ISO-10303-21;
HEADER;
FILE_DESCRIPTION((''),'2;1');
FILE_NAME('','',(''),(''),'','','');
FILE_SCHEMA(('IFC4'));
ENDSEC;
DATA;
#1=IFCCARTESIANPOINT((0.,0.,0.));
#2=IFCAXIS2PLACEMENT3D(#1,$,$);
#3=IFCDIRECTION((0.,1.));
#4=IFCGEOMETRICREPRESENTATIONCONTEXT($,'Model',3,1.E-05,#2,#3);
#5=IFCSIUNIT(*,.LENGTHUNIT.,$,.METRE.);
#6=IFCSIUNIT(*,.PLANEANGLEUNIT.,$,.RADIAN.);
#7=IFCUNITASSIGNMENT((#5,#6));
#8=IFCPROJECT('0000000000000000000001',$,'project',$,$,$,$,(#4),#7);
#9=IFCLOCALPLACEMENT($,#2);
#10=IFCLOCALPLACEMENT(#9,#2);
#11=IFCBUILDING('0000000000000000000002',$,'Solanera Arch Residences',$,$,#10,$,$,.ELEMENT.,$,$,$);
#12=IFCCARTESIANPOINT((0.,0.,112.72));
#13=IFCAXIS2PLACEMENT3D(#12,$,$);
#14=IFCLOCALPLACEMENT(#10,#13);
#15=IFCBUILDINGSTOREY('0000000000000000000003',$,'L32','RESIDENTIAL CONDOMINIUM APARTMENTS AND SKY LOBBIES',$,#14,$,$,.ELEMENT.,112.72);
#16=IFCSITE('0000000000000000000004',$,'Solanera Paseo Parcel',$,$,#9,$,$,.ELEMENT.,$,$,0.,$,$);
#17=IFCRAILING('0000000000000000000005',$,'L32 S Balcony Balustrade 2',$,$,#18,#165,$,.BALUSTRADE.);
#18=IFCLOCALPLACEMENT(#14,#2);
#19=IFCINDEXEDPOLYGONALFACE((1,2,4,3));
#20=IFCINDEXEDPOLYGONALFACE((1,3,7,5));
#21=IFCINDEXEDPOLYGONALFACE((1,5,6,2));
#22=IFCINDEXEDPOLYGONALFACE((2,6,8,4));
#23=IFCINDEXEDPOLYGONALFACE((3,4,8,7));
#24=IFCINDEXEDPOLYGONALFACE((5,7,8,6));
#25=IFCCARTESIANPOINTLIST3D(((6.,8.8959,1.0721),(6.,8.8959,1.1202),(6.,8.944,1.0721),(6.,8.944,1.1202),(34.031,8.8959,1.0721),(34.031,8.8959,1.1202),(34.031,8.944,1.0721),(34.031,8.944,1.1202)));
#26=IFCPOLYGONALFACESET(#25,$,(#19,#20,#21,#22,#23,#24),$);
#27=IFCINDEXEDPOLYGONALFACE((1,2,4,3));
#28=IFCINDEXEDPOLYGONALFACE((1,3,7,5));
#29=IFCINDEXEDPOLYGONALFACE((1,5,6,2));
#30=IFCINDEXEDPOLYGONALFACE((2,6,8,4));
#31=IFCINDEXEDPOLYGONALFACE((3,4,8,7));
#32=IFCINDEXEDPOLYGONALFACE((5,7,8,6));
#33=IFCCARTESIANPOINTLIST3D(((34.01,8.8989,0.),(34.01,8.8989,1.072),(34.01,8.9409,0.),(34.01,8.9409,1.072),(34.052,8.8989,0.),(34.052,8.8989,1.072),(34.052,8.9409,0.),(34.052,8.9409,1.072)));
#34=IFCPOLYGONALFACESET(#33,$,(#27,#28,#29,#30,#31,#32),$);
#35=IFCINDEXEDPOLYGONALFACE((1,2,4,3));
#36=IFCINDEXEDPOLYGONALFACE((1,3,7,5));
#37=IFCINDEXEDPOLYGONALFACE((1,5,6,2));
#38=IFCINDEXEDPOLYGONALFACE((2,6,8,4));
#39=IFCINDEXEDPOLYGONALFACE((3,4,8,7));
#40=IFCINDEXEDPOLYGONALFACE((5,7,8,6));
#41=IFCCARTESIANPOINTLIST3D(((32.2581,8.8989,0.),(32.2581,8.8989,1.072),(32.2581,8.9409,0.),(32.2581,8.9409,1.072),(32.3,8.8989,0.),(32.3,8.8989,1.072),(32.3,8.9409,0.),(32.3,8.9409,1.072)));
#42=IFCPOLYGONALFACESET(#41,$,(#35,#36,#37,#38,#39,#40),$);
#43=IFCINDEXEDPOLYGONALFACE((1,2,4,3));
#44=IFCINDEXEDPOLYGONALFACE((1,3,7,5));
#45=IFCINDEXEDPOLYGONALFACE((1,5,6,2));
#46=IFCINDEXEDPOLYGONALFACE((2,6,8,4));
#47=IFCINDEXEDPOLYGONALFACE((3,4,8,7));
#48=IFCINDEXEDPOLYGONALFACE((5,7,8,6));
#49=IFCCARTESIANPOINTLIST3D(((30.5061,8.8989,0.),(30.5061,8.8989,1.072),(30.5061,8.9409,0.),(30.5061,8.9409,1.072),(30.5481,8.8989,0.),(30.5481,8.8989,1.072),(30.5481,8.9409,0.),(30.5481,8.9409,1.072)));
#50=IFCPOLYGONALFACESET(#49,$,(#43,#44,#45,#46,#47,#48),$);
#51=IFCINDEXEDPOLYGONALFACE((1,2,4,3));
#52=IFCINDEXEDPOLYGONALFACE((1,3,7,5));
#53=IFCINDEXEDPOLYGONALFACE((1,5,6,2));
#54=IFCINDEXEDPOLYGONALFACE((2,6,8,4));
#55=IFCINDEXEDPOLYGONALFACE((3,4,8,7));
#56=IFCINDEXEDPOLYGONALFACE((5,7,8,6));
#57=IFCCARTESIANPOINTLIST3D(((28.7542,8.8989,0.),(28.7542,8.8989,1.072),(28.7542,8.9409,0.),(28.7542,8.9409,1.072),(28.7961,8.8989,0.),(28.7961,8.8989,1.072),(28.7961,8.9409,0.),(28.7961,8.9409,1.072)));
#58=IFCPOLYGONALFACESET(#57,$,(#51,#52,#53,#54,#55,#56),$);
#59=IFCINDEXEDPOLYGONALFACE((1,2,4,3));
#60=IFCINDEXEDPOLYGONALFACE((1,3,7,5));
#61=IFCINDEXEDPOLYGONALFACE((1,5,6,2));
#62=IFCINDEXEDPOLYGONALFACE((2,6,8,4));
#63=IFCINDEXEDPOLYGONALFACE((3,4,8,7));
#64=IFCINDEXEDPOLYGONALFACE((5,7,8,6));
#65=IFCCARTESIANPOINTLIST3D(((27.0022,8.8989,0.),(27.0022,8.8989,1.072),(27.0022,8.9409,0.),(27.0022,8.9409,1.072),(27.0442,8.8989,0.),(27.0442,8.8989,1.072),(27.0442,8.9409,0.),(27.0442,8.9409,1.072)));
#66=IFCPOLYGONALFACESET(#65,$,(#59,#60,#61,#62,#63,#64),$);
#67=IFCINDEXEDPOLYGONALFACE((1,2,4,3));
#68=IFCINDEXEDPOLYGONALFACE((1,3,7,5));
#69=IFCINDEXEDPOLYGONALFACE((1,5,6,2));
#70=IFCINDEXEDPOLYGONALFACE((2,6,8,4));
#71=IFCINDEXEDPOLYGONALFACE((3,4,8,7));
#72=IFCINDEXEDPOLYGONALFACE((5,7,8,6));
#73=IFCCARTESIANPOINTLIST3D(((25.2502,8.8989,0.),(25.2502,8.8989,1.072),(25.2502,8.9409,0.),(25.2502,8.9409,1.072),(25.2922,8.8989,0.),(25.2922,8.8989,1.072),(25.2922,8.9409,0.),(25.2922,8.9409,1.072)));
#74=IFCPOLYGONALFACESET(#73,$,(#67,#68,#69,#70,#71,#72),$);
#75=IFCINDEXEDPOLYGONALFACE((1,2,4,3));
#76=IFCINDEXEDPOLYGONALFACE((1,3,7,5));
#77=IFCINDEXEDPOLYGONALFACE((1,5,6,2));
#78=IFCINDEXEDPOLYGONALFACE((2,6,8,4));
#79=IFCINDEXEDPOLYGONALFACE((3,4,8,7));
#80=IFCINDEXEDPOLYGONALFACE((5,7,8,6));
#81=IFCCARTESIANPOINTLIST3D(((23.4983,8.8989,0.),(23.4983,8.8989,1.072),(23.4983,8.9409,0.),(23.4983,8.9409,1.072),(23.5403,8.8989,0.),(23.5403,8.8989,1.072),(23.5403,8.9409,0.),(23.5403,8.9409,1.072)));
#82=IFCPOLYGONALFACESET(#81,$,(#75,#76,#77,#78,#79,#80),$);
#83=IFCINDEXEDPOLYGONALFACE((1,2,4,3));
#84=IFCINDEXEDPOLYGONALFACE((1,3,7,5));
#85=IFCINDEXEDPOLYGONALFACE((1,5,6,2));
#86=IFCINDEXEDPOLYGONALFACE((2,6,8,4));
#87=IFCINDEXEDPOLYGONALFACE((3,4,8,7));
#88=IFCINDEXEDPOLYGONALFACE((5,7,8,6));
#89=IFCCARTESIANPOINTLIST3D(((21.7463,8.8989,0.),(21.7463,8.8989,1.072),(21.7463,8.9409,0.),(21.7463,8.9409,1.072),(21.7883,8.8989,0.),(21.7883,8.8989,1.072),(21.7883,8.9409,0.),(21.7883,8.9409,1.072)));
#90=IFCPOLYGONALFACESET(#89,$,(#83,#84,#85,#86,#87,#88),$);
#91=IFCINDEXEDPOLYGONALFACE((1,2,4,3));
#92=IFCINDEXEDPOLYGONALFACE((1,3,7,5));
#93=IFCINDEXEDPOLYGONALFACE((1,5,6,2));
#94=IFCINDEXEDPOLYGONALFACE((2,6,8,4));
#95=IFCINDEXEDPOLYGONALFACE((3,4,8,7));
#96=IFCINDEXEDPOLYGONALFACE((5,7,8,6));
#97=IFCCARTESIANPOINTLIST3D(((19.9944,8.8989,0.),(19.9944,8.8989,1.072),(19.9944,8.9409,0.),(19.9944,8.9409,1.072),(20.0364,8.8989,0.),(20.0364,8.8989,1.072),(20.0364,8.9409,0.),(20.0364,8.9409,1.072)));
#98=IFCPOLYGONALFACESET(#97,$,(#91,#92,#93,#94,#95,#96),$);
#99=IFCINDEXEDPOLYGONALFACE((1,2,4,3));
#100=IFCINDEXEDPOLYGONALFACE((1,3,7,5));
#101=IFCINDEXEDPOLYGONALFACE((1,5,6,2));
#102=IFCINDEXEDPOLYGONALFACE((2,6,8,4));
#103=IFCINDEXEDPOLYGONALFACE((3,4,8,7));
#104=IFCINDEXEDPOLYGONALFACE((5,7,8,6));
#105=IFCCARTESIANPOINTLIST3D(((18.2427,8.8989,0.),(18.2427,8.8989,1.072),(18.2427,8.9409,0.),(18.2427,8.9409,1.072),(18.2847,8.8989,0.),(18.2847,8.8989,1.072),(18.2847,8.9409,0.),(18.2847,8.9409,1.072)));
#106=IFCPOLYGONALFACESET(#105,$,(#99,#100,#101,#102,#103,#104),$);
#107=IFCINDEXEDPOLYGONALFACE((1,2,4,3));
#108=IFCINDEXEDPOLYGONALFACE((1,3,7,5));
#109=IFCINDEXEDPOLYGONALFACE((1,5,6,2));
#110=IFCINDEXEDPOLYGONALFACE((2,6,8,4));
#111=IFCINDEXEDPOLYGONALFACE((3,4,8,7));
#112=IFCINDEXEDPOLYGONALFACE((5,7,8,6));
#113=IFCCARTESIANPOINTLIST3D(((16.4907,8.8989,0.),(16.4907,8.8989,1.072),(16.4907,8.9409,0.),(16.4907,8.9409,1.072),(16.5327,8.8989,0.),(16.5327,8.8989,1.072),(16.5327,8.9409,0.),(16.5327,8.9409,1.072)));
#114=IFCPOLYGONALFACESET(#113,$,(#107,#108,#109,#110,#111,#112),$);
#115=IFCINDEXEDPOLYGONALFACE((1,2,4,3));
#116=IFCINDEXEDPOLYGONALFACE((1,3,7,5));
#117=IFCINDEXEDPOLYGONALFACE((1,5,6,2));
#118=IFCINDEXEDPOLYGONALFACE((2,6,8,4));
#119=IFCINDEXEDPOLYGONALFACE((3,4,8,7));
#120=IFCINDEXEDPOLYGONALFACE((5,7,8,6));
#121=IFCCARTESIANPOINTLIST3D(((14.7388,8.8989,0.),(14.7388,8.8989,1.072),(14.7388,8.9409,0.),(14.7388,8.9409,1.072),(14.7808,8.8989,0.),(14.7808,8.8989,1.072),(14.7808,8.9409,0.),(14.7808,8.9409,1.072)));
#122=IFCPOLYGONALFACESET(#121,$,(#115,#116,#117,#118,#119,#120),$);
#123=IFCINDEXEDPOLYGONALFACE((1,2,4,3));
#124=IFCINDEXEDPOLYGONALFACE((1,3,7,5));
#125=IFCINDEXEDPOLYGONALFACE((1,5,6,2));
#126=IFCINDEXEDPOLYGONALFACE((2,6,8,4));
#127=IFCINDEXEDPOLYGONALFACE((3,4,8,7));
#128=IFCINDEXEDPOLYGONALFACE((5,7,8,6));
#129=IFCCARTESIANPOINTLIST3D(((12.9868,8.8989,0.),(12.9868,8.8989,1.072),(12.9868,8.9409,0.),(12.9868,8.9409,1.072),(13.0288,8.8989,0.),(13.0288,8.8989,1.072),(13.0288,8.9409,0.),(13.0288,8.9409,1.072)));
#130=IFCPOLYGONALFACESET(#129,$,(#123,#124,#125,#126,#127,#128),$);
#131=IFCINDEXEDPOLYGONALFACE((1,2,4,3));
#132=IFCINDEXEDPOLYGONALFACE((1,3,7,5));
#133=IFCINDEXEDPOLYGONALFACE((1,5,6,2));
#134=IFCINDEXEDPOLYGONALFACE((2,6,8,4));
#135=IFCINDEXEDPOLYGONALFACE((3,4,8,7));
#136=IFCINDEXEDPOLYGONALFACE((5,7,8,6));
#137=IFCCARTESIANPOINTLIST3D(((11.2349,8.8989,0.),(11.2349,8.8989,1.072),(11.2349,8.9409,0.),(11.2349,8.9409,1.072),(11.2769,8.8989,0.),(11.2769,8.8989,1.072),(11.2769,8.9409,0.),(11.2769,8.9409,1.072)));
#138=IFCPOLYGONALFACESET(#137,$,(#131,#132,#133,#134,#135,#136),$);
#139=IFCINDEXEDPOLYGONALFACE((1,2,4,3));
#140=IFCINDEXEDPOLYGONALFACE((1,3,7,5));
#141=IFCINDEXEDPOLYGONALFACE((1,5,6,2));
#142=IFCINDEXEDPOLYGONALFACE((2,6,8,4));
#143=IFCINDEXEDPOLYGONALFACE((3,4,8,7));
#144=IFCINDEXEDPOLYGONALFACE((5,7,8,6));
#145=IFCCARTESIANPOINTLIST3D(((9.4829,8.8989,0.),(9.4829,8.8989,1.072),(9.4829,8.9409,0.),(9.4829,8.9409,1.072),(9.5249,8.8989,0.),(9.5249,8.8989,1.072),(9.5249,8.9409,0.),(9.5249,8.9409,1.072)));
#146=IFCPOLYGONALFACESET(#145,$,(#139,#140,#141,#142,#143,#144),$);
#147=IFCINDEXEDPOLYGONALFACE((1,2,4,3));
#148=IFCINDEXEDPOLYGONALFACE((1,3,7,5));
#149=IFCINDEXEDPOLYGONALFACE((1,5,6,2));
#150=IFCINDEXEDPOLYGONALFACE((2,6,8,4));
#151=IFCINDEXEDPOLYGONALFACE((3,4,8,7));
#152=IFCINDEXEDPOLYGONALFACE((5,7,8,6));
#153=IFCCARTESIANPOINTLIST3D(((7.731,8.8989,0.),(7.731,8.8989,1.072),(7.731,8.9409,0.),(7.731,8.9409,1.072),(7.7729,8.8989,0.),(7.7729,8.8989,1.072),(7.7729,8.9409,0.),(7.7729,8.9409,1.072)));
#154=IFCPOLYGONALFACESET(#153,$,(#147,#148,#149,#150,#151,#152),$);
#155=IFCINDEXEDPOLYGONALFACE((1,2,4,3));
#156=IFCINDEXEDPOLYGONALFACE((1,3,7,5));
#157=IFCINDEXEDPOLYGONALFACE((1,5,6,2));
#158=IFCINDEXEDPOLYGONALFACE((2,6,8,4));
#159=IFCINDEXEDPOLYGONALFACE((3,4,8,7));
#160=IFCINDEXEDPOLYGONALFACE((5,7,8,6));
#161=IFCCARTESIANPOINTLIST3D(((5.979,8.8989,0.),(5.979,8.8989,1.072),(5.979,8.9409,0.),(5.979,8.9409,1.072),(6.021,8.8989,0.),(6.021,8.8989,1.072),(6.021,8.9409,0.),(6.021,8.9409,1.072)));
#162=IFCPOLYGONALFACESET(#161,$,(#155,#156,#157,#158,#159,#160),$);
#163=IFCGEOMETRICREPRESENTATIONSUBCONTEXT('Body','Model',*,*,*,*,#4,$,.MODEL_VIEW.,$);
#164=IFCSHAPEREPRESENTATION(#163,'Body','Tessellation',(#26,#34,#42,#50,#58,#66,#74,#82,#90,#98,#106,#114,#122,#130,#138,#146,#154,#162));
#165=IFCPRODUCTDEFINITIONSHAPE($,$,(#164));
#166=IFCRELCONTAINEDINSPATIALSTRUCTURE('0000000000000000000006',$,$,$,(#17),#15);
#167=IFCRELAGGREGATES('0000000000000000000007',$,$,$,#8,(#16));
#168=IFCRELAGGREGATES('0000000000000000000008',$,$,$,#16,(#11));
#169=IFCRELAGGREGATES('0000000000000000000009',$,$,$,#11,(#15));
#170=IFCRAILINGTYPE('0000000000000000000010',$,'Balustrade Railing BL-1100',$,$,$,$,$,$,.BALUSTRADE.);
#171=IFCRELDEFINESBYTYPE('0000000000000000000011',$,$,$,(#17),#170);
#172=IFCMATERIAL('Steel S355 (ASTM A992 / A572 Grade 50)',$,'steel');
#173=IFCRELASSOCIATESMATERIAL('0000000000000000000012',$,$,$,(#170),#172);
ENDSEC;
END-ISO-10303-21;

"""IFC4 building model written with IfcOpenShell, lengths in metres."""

from ifc_helpers import new_model, si_unit, direction, frame, origin, origin_2d, place, context, subcontext, project, spatial, rectangle, extrude, material, type_object, element, save


model = new_model("IFC4")

# Units and contexts
model_context = context("Model", 3, precision=1e-05, world=origin(), true_north=direction((0.0, 1.0)))
body_context = subcontext(model_context, "Body", "Model", "MODEL_VIEW")
ifc_project = project(units=[si_unit("LENGTHUNIT", "METRE"), si_unit("PLANEANGLEUNIT", "RADIAN")], contexts=[model_context])

# Site, building, storey
site_placement = place(None, origin())
site = spatial("IfcSite", under=ifc_project, at=site_placement, Name="Solanera Paseo Parcel", CompositionType="ELEMENT", RefElevation=0.0)
building_placement = place(site_placement, origin())
building = spatial("IfcBuilding", under=site, at=building_placement, Name="Solanera Arch Residences", CompositionType="ELEMENT")
storey_placement = place(building_placement, frame((0.0, 0.0, 112.72)))
storey = spatial("IfcBuildingStorey", under=building, at=storey_placement, Name="L32", Description="RESIDENTIAL CONDOMINIUM APARTMENTS AND SKY LOBBIES", CompositionType="ELEMENT", Elevation=112.72)

# Railing
ifc_material_1 = material(Name="Steel S355 (ASTM A992 / A572 Grade 50)", Category="steel")
railing_type = type_object("IfcRailingType", Name="Balustrade Railing BL-1100", PredefinedType="BALUSTRADE", material=ifc_material_1)
railing_1_placement = place(storey_placement, frame((34.031, 8.9199, 0.0)))
element("IfcRailing", 1, at=railing_1_placement, inside=storey, type_object=railing_type, Name="L32 S Balcony Balustrade 2", PredefinedType="BALUSTRADE", context=body_context, shape_type="SweptSolid", body=[
    extrude(rectangle(XDim=0.0481, YDim=0.0481, at=origin_2d()), frame((0.0, 0.0, 1.0962), z_axis=(-1.0, 0.0, 0.0), x_axis=(0.0, -1.0, 0.0)), (0.0, 0.0, 1.0), 28.031),
    extrude(rectangle(XDim=0.042, YDim=0.042, at=origin_2d()), origin(), (0.0, 0.0, 1.0), 1.072),
    extrude(rectangle(XDim=0.042, YDim=0.042, at=origin_2d()), frame((-1.752, 0.0, 0.0)), (0.0, 0.0, 1.0), 1.072),
    extrude(rectangle(XDim=0.042, YDim=0.042, at=origin_2d()), frame((-3.5039, 0.0, 0.0)), (0.0, 0.0, 1.0), 1.072),
    extrude(rectangle(XDim=0.042, YDim=0.042, at=origin_2d()), frame((-5.2559, 0.0, 0.0)), (0.0, 0.0, 1.0), 1.072),
    extrude(rectangle(XDim=0.042, YDim=0.042, at=origin_2d()), frame((-7.0078, 0.0, 0.0)), (0.0, 0.0, 1.0), 1.072),
    extrude(rectangle(XDim=0.042, YDim=0.042, at=origin_2d()), frame((-8.7598, 0.0, 0.0)), (0.0, 0.0, 1.0), 1.072),
    extrude(rectangle(XDim=0.042, YDim=0.042, at=origin_2d()), frame((-10.5117, 0.0, 0.0)), (0.0, 0.0, 1.0), 1.072),
    extrude(rectangle(XDim=0.042, YDim=0.042, at=origin_2d()), frame((-12.2637, 0.0, 0.0)), (0.0, 0.0, 1.0), 1.072),
    extrude(rectangle(XDim=0.042, YDim=0.042, at=origin_2d()), frame((-14.0156, 0.0, 0.0)), (0.0, 0.0, 1.0), 1.072),
    extrude(rectangle(XDim=0.042, YDim=0.042, at=origin_2d()), frame((-15.7673, 0.0, 0.0)), (0.0, 0.0, 1.0), 1.072),
    extrude(rectangle(XDim=0.042, YDim=0.042, at=origin_2d()), frame((-17.5193, 0.0, 0.0)), (0.0, 0.0, 1.0), 1.072),
    extrude(rectangle(XDim=0.042, YDim=0.042, at=origin_2d()), frame((-19.2712, 0.0, 0.0)), (0.0, 0.0, 1.0), 1.072),
    extrude(rectangle(XDim=0.042, YDim=0.042, at=origin_2d()), frame((-21.0232, 0.0, 0.0)), (0.0, 0.0, 1.0), 1.072),
    extrude(rectangle(XDim=0.042, YDim=0.042, at=origin_2d()), frame((-22.7751, 0.0, 0.0)), (0.0, 0.0, 1.0), 1.072),
    extrude(rectangle(XDim=0.042, YDim=0.042, at=origin_2d()), frame((-24.5271, 0.0, 0.0)), (0.0, 0.0, 1.0), 1.072),
    extrude(rectangle(XDim=0.042, YDim=0.042, at=origin_2d()), frame((-26.2791, 0.0, 0.0)), (0.0, 0.0, 1.0), 1.072),
    extrude(rectangle(XDim=0.042, YDim=0.042, at=origin_2d()), frame((-28.031, 0.0, 0.0)), (0.0, 0.0, 1.0), 1.072),
])

save(model, "model.ifc")
